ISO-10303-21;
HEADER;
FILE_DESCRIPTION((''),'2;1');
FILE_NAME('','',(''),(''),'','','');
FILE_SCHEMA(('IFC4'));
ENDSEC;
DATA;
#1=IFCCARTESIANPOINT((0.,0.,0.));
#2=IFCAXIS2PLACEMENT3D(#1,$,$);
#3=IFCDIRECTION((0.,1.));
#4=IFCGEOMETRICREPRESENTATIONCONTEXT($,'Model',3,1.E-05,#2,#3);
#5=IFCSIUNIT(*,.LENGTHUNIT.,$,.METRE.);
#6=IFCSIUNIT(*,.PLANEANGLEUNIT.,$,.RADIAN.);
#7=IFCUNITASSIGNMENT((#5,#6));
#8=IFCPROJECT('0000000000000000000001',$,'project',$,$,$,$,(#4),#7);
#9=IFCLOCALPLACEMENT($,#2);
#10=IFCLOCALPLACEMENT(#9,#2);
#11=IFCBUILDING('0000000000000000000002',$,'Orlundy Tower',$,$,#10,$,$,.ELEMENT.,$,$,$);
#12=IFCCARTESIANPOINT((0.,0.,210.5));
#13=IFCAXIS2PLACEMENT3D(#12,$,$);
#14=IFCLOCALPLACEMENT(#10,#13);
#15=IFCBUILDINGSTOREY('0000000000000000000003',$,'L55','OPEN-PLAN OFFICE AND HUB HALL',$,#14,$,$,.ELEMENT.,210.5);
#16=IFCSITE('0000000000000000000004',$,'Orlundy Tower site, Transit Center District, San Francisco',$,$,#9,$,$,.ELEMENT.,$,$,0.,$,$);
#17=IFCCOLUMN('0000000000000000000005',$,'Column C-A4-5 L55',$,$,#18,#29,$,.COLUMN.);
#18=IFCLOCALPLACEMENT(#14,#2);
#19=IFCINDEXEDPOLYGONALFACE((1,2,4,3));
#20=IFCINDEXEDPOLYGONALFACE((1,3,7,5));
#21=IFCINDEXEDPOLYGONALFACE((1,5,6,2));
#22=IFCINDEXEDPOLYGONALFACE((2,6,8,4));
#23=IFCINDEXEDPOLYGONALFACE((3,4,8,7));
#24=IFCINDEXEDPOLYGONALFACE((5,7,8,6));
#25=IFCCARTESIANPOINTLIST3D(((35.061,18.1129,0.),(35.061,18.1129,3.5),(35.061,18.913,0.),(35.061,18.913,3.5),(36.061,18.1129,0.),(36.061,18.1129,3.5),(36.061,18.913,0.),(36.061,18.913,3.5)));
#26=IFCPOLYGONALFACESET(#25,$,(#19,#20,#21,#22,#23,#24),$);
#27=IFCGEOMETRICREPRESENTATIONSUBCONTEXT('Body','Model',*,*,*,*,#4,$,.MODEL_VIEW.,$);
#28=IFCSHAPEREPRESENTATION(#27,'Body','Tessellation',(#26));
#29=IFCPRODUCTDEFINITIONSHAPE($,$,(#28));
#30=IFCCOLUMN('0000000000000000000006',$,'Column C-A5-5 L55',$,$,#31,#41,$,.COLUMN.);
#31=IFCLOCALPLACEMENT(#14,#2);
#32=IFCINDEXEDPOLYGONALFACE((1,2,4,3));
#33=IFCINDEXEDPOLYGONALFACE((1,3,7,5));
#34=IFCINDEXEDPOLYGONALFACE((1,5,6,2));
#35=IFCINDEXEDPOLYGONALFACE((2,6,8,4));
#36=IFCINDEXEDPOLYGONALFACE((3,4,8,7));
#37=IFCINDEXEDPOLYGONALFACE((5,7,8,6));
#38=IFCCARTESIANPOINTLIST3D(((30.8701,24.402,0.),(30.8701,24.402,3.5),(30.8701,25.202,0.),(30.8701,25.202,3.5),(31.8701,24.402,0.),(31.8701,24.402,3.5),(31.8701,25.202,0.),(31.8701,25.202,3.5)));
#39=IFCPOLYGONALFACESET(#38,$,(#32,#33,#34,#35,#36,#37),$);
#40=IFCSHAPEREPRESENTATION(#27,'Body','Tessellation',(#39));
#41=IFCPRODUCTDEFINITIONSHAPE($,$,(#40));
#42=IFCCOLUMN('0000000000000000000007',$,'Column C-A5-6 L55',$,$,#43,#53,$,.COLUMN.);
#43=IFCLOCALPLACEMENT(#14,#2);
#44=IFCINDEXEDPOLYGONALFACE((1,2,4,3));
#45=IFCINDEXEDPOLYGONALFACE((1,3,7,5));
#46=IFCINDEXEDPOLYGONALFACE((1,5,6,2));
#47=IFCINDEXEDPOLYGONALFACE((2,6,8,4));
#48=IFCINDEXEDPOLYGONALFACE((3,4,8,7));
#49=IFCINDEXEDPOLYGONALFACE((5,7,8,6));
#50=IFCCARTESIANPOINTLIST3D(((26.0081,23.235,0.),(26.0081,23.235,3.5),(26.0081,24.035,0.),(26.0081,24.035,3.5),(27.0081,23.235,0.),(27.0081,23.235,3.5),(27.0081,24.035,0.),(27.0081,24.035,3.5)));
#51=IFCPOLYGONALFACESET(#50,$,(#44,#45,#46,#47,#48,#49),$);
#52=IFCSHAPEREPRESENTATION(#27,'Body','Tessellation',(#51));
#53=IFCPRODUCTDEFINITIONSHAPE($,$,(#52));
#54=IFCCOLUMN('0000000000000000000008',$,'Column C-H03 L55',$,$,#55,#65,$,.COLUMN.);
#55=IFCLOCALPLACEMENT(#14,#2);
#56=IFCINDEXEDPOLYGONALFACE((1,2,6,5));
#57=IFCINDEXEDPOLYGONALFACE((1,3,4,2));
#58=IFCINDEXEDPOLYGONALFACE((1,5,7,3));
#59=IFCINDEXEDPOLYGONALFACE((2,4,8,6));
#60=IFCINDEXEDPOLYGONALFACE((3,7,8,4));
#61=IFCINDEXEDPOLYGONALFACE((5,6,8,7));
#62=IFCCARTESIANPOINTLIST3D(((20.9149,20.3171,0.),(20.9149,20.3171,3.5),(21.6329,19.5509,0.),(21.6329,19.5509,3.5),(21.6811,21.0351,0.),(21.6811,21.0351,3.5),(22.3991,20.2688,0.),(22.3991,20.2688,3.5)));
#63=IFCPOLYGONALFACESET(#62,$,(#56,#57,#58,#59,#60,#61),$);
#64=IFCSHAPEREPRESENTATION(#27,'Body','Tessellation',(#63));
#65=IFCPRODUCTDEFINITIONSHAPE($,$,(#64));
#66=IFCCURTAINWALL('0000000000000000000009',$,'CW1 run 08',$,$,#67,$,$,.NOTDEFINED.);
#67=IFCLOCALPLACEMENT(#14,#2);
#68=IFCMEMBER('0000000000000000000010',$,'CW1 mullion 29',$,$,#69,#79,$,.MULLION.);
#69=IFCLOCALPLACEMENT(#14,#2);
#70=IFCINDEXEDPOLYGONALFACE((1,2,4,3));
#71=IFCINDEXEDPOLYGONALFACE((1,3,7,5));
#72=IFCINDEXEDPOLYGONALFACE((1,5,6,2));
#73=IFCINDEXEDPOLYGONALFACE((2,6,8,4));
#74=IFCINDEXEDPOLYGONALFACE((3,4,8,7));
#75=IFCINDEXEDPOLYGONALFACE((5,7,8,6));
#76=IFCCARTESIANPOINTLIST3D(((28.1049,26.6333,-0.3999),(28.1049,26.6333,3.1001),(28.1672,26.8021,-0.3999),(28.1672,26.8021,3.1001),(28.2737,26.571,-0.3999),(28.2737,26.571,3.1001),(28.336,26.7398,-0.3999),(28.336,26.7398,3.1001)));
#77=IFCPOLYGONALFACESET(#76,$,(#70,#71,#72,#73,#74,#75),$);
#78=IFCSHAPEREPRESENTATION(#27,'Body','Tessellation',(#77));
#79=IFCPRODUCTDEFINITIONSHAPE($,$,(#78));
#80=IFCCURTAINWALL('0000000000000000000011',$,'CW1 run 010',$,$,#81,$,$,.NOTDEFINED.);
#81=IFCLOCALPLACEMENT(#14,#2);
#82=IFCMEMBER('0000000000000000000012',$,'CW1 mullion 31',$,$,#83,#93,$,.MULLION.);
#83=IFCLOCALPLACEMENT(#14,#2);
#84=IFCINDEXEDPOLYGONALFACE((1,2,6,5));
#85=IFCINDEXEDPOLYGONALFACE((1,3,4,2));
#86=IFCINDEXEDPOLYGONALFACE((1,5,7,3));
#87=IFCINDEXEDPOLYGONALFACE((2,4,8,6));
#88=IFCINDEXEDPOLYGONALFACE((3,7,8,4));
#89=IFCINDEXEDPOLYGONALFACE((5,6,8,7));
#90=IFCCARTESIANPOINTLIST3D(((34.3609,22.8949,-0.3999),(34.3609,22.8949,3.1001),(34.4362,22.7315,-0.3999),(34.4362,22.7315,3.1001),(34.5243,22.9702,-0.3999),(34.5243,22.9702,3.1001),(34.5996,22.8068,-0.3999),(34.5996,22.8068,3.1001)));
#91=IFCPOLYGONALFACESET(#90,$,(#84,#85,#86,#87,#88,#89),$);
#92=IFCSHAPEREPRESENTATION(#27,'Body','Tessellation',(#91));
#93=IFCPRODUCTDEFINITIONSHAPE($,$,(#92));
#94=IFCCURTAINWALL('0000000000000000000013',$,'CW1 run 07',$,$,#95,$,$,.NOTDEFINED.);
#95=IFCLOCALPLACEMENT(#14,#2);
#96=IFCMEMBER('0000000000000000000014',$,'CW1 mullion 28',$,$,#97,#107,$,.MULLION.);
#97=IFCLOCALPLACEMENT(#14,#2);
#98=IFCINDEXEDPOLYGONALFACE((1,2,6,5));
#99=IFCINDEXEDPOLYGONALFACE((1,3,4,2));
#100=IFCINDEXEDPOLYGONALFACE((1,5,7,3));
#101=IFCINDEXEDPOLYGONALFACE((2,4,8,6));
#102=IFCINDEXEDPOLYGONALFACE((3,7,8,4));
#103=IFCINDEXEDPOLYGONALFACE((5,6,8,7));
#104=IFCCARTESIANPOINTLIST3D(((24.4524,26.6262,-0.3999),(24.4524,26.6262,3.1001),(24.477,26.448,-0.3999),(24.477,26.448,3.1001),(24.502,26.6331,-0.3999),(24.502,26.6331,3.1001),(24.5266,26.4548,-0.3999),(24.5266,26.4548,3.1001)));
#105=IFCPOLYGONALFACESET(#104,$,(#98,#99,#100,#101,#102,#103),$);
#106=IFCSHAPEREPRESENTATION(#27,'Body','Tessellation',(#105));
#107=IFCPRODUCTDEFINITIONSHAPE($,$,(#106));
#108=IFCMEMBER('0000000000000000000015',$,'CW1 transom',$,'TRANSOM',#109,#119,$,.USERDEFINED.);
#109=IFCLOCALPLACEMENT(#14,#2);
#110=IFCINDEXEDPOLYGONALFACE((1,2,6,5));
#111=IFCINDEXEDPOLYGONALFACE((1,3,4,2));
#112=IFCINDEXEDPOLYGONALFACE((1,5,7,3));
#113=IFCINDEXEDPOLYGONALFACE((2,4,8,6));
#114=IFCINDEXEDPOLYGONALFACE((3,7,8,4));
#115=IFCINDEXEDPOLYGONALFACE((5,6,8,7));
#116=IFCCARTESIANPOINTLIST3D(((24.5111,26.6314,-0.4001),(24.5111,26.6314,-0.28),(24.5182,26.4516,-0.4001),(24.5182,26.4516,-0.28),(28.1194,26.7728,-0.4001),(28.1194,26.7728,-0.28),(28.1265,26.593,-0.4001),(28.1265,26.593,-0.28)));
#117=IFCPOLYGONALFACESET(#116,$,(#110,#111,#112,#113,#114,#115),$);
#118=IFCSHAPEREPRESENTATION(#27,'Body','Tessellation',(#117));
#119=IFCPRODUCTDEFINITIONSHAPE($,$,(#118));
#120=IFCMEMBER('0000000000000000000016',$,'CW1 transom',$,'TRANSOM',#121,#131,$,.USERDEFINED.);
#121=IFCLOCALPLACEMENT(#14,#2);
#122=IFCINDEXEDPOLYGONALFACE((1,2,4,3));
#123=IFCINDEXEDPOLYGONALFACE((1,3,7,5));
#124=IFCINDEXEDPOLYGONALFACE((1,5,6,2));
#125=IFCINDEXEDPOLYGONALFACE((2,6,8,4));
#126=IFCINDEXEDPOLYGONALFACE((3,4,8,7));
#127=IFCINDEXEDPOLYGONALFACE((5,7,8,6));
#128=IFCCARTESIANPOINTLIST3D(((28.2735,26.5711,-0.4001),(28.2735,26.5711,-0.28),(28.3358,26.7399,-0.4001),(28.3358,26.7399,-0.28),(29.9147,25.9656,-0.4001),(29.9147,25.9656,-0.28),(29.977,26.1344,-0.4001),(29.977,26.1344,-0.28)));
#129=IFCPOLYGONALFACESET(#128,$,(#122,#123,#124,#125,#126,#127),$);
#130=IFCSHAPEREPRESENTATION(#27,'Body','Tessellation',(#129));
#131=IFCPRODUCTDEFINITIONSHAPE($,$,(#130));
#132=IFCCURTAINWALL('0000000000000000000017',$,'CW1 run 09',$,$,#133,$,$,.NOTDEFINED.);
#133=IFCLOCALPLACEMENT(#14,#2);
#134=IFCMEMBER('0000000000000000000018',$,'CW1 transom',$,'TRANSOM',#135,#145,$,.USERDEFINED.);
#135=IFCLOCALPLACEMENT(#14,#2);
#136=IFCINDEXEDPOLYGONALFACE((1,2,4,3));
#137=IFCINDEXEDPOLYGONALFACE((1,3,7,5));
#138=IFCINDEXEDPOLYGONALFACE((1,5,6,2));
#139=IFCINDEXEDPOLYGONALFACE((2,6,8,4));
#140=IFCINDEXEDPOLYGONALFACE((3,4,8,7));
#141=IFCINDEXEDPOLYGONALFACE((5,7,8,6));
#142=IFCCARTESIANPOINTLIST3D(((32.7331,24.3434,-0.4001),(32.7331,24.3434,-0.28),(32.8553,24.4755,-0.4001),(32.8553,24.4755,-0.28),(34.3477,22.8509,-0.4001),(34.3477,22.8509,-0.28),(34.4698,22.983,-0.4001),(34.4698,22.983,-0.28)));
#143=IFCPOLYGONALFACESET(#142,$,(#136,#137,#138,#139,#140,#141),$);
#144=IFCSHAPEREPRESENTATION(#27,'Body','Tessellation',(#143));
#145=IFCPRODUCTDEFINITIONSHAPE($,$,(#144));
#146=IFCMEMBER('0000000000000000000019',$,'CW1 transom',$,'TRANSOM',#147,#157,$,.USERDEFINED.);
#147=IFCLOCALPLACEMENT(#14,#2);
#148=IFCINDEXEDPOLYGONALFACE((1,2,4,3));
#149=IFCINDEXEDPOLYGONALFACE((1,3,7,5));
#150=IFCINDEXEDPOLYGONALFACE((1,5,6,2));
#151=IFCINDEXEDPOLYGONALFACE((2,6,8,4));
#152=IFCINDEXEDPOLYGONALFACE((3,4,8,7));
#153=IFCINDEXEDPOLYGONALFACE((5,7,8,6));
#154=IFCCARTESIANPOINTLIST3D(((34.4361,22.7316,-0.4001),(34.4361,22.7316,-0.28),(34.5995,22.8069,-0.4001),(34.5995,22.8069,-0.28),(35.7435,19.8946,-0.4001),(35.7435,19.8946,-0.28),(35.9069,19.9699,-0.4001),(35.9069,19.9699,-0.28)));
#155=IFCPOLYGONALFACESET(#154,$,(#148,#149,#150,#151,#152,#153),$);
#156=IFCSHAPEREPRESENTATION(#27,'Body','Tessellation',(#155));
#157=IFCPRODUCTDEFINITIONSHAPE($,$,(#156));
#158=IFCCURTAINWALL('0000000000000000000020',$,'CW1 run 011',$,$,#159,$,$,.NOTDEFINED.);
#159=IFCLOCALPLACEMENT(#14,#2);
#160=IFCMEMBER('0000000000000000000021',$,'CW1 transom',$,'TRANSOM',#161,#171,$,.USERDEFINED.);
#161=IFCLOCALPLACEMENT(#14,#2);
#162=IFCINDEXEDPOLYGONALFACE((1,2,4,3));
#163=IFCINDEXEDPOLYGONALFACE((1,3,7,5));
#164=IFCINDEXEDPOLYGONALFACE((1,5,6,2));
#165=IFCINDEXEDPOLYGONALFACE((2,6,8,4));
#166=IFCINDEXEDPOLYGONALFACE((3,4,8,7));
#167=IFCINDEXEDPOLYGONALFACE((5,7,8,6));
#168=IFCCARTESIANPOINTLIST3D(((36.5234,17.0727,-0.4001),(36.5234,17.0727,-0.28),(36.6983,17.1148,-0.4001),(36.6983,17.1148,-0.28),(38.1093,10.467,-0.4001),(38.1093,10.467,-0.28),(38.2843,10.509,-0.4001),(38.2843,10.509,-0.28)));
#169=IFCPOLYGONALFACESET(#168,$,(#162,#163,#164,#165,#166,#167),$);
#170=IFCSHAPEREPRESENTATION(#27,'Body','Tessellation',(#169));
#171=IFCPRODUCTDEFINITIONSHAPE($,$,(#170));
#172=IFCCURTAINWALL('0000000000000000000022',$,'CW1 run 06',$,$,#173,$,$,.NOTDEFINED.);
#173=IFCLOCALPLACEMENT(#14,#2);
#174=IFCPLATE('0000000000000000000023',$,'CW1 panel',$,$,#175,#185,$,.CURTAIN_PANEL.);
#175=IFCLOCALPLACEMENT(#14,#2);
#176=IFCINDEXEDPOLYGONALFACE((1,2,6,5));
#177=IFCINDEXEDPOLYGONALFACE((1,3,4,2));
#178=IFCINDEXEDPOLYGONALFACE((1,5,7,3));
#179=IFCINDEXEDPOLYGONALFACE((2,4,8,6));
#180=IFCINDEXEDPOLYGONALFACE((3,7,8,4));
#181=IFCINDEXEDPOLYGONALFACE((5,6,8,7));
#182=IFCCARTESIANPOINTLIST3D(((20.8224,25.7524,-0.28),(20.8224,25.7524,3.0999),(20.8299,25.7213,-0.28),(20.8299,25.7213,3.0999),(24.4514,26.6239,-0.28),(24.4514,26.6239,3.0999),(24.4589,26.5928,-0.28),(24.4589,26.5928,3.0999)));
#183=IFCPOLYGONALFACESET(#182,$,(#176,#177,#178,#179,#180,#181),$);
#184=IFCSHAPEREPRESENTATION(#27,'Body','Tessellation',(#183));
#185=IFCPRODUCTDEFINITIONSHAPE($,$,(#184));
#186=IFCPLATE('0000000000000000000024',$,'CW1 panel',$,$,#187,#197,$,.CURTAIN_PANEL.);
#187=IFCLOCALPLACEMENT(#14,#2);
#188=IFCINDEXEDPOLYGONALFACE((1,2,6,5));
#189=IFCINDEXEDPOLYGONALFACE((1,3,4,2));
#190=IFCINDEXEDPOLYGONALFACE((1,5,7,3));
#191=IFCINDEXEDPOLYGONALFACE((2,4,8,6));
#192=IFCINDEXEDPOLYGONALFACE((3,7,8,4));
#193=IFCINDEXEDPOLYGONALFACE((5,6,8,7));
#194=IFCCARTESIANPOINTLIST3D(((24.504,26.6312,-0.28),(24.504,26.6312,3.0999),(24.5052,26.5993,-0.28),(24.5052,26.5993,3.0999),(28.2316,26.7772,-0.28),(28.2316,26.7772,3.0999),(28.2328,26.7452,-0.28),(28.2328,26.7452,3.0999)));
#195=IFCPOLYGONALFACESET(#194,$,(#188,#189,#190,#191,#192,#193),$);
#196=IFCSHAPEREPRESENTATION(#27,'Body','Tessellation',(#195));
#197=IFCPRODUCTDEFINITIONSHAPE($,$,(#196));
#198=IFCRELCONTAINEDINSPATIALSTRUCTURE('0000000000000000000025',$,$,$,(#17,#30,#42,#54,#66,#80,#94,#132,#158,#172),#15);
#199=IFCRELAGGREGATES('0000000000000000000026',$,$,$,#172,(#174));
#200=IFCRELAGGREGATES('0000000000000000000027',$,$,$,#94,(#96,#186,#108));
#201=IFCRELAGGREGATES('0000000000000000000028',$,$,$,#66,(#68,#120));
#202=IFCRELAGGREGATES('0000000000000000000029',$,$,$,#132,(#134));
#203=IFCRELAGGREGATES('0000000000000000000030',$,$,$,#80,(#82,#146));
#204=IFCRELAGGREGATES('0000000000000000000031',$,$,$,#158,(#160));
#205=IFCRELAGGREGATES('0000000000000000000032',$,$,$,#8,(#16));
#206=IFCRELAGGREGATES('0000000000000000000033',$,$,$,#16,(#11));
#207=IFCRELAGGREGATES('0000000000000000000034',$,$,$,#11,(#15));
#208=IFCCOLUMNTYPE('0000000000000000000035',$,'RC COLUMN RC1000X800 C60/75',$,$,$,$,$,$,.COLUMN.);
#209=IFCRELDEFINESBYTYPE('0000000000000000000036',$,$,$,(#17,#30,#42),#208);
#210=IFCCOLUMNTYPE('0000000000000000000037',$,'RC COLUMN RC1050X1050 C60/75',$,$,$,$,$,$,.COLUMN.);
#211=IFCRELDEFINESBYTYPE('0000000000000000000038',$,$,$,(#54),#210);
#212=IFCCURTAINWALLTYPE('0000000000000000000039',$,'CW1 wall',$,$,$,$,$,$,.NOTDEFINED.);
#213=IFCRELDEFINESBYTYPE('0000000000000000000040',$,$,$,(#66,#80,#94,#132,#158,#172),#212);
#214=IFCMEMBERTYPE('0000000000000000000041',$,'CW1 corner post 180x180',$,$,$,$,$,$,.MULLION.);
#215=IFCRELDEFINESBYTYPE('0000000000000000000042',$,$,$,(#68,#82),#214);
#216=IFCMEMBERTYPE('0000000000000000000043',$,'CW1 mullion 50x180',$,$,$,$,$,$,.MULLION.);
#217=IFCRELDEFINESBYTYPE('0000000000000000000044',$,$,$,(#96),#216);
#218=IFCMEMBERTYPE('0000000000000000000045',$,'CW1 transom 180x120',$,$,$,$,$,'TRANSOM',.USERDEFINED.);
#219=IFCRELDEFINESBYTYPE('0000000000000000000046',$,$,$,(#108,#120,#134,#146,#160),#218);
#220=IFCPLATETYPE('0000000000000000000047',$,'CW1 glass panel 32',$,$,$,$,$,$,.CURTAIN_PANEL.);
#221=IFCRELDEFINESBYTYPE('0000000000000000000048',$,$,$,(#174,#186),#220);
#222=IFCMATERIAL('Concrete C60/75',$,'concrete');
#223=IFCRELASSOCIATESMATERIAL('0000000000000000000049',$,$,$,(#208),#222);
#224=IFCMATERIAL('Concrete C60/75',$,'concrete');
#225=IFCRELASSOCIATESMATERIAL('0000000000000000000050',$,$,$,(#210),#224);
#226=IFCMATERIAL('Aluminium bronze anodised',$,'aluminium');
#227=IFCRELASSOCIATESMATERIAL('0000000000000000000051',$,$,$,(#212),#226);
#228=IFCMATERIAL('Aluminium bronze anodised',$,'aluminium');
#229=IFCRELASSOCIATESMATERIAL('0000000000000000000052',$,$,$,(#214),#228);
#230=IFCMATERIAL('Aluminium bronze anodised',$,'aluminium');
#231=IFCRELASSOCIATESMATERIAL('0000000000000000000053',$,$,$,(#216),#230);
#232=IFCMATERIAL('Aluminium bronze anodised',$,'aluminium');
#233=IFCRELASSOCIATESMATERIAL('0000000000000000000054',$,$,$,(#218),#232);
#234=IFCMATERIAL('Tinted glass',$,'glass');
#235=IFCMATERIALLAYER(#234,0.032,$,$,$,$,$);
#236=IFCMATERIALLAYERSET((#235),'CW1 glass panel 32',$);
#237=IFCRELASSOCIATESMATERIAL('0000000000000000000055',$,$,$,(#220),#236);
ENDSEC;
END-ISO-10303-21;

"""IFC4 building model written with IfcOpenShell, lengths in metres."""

from ifc_helpers import new_model, si_unit, direction, frame, origin, origin_2d, place, context, subcontext, project, spatial, rectangle, extrude, material, layer, layer_set, material_profile, profile_set, type_object, element, aggregate, save


model = new_model("IFC4")

# Units and contexts
model_context = context("Model", 3, precision=1e-05, world=origin(), true_north=direction((0.0, 1.0)))
body_context = subcontext(model_context, "Body", "Model", "MODEL_VIEW")
ifc_project = project(units=[si_unit("LENGTHUNIT", "METRE"), si_unit("PLANEANGLEUNIT", "RADIAN")], contexts=[model_context])

# Site, building, storey
site_placement = place(None, origin())
site = spatial("IfcSite", under=ifc_project, at=site_placement, Name="Orlundy Tower site, Transit Center District, San Francisco", CompositionType="ELEMENT", RefElevation=0.0)
building_placement = place(site_placement, origin())
building = spatial("IfcBuilding", under=site, at=building_placement, Name="Orlundy Tower", CompositionType="ELEMENT")
storey_placement = place(building_placement, frame((0.0, 0.0, 210.5)))
storey = spatial("IfcBuildingStorey", under=building, at=storey_placement, Name="L55", Description="OPEN-PLAN OFFICE AND HUB HALL", CompositionType="ELEMENT", Elevation=210.5)

# Columns
ifc_material_1 = material(Name="Concrete C60/75", Category="concrete")
ifc_material_profile_1 = material_profile(ifc_material_1, rectangle(XDim=1.0, YDim=0.8, at=origin_2d()), Name="RC1000X800")
ifc_profile_set_1 = profile_set([ifc_material_profile_1], Name="Concrete C60/75")
column_type_1 = type_object("IfcColumnType", Name="RC COLUMN RC1000X800 C60/75", PredefinedType="COLUMN", material=ifc_profile_set_1)
for number, where, z_axis, x_axis, name in (
    (1, (35.561, 18.5129, 0.0), (0.0, 0.0, 1.0), (1.0, 0.0, 0.0), "Column C-A4-5 L55"),
    (2, (31.3701, 24.802, 0.0), (0.0, 0.0, 1.0), (1.0, 0.0, 0.0), "Column C-A5-5 L55"),
    (3, (26.5081, 23.635, 0.0), (0.0, 0.0, 1.0), (1.0, 0.0, 0.0), "Column C-A5-6 L55"),
):
    element("IfcColumn", number, at=place(storey_placement, frame(where, z_axis=z_axis, x_axis=x_axis)), inside=storey, type_object=column_type_1, Name=name, PredefinedType="COLUMN", context=body_context, shape_type="SweptSolid", body=[
        extrude(rectangle(XDim=1.0, YDim=0.8, at=origin_2d()), origin(), (0.0, 0.0, 1.0), 3.5),
    ])
ifc_material_2 = material(Name="Concrete C60/75", Category="concrete")
ifc_material_profile_2 = material_profile(ifc_material_2, rectangle(XDim=1.05, YDim=1.05, at=origin_2d()), Name="RC1050X1050")
ifc_profile_set_2 = profile_set([ifc_material_profile_2], Name="Concrete C60/75")
column_type_2 = type_object("IfcColumnType", Name="RC COLUMN RC1050X1050 C60/75", PredefinedType="COLUMN", material=ifc_profile_set_2)
column_placement = place(storey_placement, frame((21.657, 20.293, 0.0), z_axis=(0.0, 0.0, 1.0), x_axis=(0.729709, 0.683758, 0.0)))
element("IfcColumn", 4, at=column_placement, inside=storey, type_object=column_type_2, Name="Column C-H03 L55", PredefinedType="COLUMN", context=body_context, shape_type="SweptSolid", body=[
    extrude(rectangle(XDim=1.05, YDim=1.05, at=origin_2d()), origin(), (0.0, 0.0, 1.0), 3.5),
])

# Curtain walls, members
ifc_material_3 = material(Name="Aluminium bronze anodised", Category="aluminium")
curtain_wall_type = type_object("IfcCurtainWallType", Name="CW1 wall", PredefinedType="NOTDEFINED", material=ifc_material_3)
curtain_wall_1_placement = place(storey_placement, origin())
curtain_wall_1 = element("IfcCurtainWall", 5, at=curtain_wall_1_placement, inside=storey, type_object=curtain_wall_type, Name="CW1 run 08", PredefinedType="NOTDEFINED")
ifc_material_4 = material(Name="Aluminium bronze anodised", Category="aluminium")
ifc_material_profile_3 = material_profile(ifc_material_4, rectangle(XDim=0.1799, YDim=0.1799, at=origin_2d()), Name="CW1 corner post 180x180")
ifc_profile_set_3 = profile_set([ifc_material_profile_3], Name="Aluminium bronze anodised")
member_type_1 = type_object("IfcMemberType", Name="CW1 corner post 180x180", PredefinedType="MULLION", material=ifc_profile_set_3)
member_1_placement = place(storey_placement, frame((28.2205, 26.6865, -0.3999), z_axis=(0.0, 0.0, 1.0), x_axis=(0.346093, 0.9382, 0.0)))
member_1 = element("IfcMember", 6, at=member_1_placement, type_object=member_type_1, Name="CW1 mullion 29", PredefinedType="MULLION", context=body_context, shape_type="SweptSolid", body=[
    extrude(rectangle(XDim=0.1799, YDim=0.1799, at=origin_2d()), origin(), (0.0, 0.0, 1.0), 3.5),
])
curtain_wall_2_placement = place(storey_placement, origin())
curtain_wall_2 = element("IfcCurtainWall", 7, at=curtain_wall_2_placement, inside=storey, type_object=curtain_wall_type, Name="CW1 run 010", PredefinedType="NOTDEFINED")
member_2_placement = place(storey_placement, frame((34.4802, 22.8508, -0.3999), z_axis=(0.0, 0.0, 1.0), x_axis=(0.90822, 0.418493, 0.0)))
member_2 = element("IfcMember", 8, at=member_2_placement, type_object=member_type_1, Name="CW1 mullion 31", PredefinedType="MULLION", context=body_context, shape_type="SweptSolid", body=[
    extrude(rectangle(XDim=0.1799, YDim=0.1799, at=origin_2d()), origin(), (0.0, 0.0, 1.0), 3.5),
])

# Curtain wall, members
curtain_wall_3_placement = place(storey_placement, origin())
curtain_wall_3 = element("IfcCurtainWall", 9, at=curtain_wall_3_placement, inside=storey, type_object=curtain_wall_type, Name="CW1 run 07", PredefinedType="NOTDEFINED")
ifc_material_5 = material(Name="Aluminium bronze anodised", Category="aluminium")
ifc_material_profile_4 = material_profile(ifc_material_5, rectangle(XDim=0.1799, YDim=0.05, at=origin_2d()), Name="CW1 mullion 50x180")
ifc_profile_set_4 = profile_set([ifc_material_profile_4], Name="Aluminium bronze anodised")
member_type_2 = type_object("IfcMemberType", Name="CW1 mullion 50x180", PredefinedType="MULLION", material=ifc_profile_set_4)
member_3_placement = place(storey_placement, frame((24.4895, 26.5405, -0.3999), z_axis=(0.0, 0.0, 1.0), x_axis=(-0.136984, 0.990573, 0.0)))
member_3 = element("IfcMember", 10, at=member_3_placement, type_object=member_type_2, Name="CW1 mullion 28", PredefinedType="MULLION", context=body_context, shape_type="SweptSolid", body=[
    extrude(rectangle(XDim=0.1799, YDim=0.05, at=origin_2d()), origin(), (0.0, 0.0, 1.0), 3.5),
])
ifc_material_6 = material(Name="Aluminium bronze anodised", Category="aluminium")
ifc_material_profile_5 = material_profile(ifc_material_6, rectangle(XDim=0.1799, YDim=0.1201, at=origin_2d()), Name="CW1 transom 180x120")
ifc_profile_set_5 = profile_set([ifc_material_profile_5], Name="Aluminium bronze anodised")
member_type_3 = type_object("IfcMemberType", Name="CW1 transom 180x120", ElementType="TRANSOM", PredefinedType="USERDEFINED", material=ifc_profile_set_5)
member_4_placement = place(storey_placement, frame((24.5146, 26.5415, -0.3401), z_axis=(0.999234, 0.039145, 0.0), x_axis=(-0.039145, 0.999234, 0.0)))
member_4 = element("IfcMember", 11, at=member_4_placement, type_object=member_type_3, Name="CW1 transom", ObjectType="TRANSOM", PredefinedType="USERDEFINED", context=body_context, shape_type="SweptSolid", body=[
    extrude(rectangle(XDim=0.1799, YDim=0.1201, at=origin_2d()), origin(), (0.0, 0.0, 1.0), 3.6111),
])

# Member
member_5_placement = place(storey_placement, frame((28.3047, 26.6555, -0.3401), z_axis=(0.938186, -0.346132, 0.0), x_axis=(0.346132, 0.938186, 0.0)))
member_5 = element("IfcMember", 12, at=member_5_placement, type_object=member_type_3, Name="CW1 transom", ObjectType="TRANSOM", PredefinedType="USERDEFINED", context=body_context, shape_type="SweptSolid", body=[
    extrude(rectangle(XDim=0.1799, YDim=0.1201, at=origin_2d()), origin(), (0.0, 0.0, 1.0), 1.7493),
])

# Curtain wall, member
curtain_wall_4_placement = place(storey_placement, origin())
curtain_wall_4 = element("IfcCurtainWall", 13, at=curtain_wall_4_placement, inside=storey, type_object=curtain_wall_type, Name="CW1 run 09", PredefinedType="NOTDEFINED")
member_6_placement = place(storey_placement, frame((32.7942, 24.4094, -0.3401), z_axis=(0.734322, -0.678801, 0.0), x_axis=(0.678801, 0.734322, 0.0)))
member_6 = element("IfcMember", 14, at=member_6_placement, type_object=member_type_3, Name="CW1 transom", ObjectType="TRANSOM", PredefinedType="USERDEFINED", context=body_context, shape_type="SweptSolid", body=[
    extrude(rectangle(XDim=0.1799, YDim=0.1201, at=origin_2d()), origin(), (0.0, 0.0, 1.0), 2.1987),
])

# Member
member_7_placement = place(storey_placement, frame((34.5178, 22.7693, -0.3401), z_axis=(0.418538, -0.908199, 0.0), x_axis=(0.908199, 0.418538, 0.0)))
member_7 = element("IfcMember", 15, at=member_7_placement, type_object=member_type_3, Name="CW1 transom", ObjectType="TRANSOM", PredefinedType="USERDEFINED", context=body_context, shape_type="SweptSolid", body=[
    extrude(rectangle(XDim=0.1799, YDim=0.1201, at=origin_2d()), origin(), (0.0, 0.0, 1.0), 3.1238),
])

# Curtain wall, member
curtain_wall_5_placement = place(storey_placement, origin())
curtain_wall_5 = element("IfcCurtainWall", 16, at=curtain_wall_5_placement, inside=storey, type_object=curtain_wall_type, Name="CW1 run 011", PredefinedType="NOTDEFINED")
member_8_placement = place(storey_placement, frame((36.6108, 17.0938, -0.3401), z_axis=(0.233452, -0.972368, 0.0), x_axis=(0.972368, 0.233452, 0.0)))
member_8 = element("IfcMember", 17, at=member_8_placement, type_object=member_type_3, Name="CW1 transom", ObjectType="TRANSOM", PredefinedType="USERDEFINED", context=body_context, shape_type="SweptSolid", body=[
    extrude(rectangle(XDim=0.1799, YDim=0.1201, at=origin_2d()), origin(), (0.0, 0.0, 1.0), 6.7935),
])

# Curtain wall, plate
curtain_wall_6_placement = place(storey_placement, origin())
curtain_wall_6 = element("IfcCurtainWall", 18, at=curtain_wall_6_placement, inside=storey, type_object=curtain_wall_type, Name="CW1 run 06", PredefinedType="NOTDEFINED")
ifc_material_7 = material(Name="Tinted glass", Category="glass")
ifc_layer = layer(ifc_material_7, 0.032)
ifc_layer_set = layer_set([ifc_layer], Name="CW1 glass panel 32")
plate_type = type_object("IfcPlateType", Name="CW1 glass panel 32", PredefinedType="CURTAIN_PANEL", material=ifc_layer_set)
plate_1_placement = place(storey_placement, frame((22.6406, 26.1726, -0.28), z_axis=(0.0, 0.0, 1.0), x_axis=(0.97235, 0.233529, 0.0)))
plate_1 = element("IfcPlate", 19, at=plate_1_placement, type_object=plate_type, Name="CW1 panel", PredefinedType="CURTAIN_PANEL", context=body_context, shape_type="SweptSolid", body=[
    extrude(rectangle(XDim=3.7322, YDim=0.032, at=origin_2d()), origin(), (0.0, 0.0, 1.0), 3.3799),
])
aggregate(curtain_wall_6, [plate_1])

# Plate
plate_2_placement = place(storey_placement, frame((26.3684, 26.6882, -0.28), z_axis=(0.0, 0.0, 1.0), x_axis=(0.999235, 0.039117, 0.0)))
plate_2 = element("IfcPlate", 20, at=plate_2_placement, type_object=plate_type, Name="CW1 panel", PredefinedType="CURTAIN_PANEL", context=body_context, shape_type="SweptSolid", body=[
    extrude(rectangle(XDim=3.7305, YDim=0.032, at=origin_2d()), origin(), (0.0, 0.0, 1.0), 3.3799),
])
aggregate(curtain_wall_3, [member_3, plate_2, member_4])
aggregate(curtain_wall_1, [member_1, member_5])
aggregate(curtain_wall_4, [member_6])
aggregate(curtain_wall_2, [member_2, member_7])
aggregate(curtain_wall_5, [member_8])

save(model, "model.ifc")
